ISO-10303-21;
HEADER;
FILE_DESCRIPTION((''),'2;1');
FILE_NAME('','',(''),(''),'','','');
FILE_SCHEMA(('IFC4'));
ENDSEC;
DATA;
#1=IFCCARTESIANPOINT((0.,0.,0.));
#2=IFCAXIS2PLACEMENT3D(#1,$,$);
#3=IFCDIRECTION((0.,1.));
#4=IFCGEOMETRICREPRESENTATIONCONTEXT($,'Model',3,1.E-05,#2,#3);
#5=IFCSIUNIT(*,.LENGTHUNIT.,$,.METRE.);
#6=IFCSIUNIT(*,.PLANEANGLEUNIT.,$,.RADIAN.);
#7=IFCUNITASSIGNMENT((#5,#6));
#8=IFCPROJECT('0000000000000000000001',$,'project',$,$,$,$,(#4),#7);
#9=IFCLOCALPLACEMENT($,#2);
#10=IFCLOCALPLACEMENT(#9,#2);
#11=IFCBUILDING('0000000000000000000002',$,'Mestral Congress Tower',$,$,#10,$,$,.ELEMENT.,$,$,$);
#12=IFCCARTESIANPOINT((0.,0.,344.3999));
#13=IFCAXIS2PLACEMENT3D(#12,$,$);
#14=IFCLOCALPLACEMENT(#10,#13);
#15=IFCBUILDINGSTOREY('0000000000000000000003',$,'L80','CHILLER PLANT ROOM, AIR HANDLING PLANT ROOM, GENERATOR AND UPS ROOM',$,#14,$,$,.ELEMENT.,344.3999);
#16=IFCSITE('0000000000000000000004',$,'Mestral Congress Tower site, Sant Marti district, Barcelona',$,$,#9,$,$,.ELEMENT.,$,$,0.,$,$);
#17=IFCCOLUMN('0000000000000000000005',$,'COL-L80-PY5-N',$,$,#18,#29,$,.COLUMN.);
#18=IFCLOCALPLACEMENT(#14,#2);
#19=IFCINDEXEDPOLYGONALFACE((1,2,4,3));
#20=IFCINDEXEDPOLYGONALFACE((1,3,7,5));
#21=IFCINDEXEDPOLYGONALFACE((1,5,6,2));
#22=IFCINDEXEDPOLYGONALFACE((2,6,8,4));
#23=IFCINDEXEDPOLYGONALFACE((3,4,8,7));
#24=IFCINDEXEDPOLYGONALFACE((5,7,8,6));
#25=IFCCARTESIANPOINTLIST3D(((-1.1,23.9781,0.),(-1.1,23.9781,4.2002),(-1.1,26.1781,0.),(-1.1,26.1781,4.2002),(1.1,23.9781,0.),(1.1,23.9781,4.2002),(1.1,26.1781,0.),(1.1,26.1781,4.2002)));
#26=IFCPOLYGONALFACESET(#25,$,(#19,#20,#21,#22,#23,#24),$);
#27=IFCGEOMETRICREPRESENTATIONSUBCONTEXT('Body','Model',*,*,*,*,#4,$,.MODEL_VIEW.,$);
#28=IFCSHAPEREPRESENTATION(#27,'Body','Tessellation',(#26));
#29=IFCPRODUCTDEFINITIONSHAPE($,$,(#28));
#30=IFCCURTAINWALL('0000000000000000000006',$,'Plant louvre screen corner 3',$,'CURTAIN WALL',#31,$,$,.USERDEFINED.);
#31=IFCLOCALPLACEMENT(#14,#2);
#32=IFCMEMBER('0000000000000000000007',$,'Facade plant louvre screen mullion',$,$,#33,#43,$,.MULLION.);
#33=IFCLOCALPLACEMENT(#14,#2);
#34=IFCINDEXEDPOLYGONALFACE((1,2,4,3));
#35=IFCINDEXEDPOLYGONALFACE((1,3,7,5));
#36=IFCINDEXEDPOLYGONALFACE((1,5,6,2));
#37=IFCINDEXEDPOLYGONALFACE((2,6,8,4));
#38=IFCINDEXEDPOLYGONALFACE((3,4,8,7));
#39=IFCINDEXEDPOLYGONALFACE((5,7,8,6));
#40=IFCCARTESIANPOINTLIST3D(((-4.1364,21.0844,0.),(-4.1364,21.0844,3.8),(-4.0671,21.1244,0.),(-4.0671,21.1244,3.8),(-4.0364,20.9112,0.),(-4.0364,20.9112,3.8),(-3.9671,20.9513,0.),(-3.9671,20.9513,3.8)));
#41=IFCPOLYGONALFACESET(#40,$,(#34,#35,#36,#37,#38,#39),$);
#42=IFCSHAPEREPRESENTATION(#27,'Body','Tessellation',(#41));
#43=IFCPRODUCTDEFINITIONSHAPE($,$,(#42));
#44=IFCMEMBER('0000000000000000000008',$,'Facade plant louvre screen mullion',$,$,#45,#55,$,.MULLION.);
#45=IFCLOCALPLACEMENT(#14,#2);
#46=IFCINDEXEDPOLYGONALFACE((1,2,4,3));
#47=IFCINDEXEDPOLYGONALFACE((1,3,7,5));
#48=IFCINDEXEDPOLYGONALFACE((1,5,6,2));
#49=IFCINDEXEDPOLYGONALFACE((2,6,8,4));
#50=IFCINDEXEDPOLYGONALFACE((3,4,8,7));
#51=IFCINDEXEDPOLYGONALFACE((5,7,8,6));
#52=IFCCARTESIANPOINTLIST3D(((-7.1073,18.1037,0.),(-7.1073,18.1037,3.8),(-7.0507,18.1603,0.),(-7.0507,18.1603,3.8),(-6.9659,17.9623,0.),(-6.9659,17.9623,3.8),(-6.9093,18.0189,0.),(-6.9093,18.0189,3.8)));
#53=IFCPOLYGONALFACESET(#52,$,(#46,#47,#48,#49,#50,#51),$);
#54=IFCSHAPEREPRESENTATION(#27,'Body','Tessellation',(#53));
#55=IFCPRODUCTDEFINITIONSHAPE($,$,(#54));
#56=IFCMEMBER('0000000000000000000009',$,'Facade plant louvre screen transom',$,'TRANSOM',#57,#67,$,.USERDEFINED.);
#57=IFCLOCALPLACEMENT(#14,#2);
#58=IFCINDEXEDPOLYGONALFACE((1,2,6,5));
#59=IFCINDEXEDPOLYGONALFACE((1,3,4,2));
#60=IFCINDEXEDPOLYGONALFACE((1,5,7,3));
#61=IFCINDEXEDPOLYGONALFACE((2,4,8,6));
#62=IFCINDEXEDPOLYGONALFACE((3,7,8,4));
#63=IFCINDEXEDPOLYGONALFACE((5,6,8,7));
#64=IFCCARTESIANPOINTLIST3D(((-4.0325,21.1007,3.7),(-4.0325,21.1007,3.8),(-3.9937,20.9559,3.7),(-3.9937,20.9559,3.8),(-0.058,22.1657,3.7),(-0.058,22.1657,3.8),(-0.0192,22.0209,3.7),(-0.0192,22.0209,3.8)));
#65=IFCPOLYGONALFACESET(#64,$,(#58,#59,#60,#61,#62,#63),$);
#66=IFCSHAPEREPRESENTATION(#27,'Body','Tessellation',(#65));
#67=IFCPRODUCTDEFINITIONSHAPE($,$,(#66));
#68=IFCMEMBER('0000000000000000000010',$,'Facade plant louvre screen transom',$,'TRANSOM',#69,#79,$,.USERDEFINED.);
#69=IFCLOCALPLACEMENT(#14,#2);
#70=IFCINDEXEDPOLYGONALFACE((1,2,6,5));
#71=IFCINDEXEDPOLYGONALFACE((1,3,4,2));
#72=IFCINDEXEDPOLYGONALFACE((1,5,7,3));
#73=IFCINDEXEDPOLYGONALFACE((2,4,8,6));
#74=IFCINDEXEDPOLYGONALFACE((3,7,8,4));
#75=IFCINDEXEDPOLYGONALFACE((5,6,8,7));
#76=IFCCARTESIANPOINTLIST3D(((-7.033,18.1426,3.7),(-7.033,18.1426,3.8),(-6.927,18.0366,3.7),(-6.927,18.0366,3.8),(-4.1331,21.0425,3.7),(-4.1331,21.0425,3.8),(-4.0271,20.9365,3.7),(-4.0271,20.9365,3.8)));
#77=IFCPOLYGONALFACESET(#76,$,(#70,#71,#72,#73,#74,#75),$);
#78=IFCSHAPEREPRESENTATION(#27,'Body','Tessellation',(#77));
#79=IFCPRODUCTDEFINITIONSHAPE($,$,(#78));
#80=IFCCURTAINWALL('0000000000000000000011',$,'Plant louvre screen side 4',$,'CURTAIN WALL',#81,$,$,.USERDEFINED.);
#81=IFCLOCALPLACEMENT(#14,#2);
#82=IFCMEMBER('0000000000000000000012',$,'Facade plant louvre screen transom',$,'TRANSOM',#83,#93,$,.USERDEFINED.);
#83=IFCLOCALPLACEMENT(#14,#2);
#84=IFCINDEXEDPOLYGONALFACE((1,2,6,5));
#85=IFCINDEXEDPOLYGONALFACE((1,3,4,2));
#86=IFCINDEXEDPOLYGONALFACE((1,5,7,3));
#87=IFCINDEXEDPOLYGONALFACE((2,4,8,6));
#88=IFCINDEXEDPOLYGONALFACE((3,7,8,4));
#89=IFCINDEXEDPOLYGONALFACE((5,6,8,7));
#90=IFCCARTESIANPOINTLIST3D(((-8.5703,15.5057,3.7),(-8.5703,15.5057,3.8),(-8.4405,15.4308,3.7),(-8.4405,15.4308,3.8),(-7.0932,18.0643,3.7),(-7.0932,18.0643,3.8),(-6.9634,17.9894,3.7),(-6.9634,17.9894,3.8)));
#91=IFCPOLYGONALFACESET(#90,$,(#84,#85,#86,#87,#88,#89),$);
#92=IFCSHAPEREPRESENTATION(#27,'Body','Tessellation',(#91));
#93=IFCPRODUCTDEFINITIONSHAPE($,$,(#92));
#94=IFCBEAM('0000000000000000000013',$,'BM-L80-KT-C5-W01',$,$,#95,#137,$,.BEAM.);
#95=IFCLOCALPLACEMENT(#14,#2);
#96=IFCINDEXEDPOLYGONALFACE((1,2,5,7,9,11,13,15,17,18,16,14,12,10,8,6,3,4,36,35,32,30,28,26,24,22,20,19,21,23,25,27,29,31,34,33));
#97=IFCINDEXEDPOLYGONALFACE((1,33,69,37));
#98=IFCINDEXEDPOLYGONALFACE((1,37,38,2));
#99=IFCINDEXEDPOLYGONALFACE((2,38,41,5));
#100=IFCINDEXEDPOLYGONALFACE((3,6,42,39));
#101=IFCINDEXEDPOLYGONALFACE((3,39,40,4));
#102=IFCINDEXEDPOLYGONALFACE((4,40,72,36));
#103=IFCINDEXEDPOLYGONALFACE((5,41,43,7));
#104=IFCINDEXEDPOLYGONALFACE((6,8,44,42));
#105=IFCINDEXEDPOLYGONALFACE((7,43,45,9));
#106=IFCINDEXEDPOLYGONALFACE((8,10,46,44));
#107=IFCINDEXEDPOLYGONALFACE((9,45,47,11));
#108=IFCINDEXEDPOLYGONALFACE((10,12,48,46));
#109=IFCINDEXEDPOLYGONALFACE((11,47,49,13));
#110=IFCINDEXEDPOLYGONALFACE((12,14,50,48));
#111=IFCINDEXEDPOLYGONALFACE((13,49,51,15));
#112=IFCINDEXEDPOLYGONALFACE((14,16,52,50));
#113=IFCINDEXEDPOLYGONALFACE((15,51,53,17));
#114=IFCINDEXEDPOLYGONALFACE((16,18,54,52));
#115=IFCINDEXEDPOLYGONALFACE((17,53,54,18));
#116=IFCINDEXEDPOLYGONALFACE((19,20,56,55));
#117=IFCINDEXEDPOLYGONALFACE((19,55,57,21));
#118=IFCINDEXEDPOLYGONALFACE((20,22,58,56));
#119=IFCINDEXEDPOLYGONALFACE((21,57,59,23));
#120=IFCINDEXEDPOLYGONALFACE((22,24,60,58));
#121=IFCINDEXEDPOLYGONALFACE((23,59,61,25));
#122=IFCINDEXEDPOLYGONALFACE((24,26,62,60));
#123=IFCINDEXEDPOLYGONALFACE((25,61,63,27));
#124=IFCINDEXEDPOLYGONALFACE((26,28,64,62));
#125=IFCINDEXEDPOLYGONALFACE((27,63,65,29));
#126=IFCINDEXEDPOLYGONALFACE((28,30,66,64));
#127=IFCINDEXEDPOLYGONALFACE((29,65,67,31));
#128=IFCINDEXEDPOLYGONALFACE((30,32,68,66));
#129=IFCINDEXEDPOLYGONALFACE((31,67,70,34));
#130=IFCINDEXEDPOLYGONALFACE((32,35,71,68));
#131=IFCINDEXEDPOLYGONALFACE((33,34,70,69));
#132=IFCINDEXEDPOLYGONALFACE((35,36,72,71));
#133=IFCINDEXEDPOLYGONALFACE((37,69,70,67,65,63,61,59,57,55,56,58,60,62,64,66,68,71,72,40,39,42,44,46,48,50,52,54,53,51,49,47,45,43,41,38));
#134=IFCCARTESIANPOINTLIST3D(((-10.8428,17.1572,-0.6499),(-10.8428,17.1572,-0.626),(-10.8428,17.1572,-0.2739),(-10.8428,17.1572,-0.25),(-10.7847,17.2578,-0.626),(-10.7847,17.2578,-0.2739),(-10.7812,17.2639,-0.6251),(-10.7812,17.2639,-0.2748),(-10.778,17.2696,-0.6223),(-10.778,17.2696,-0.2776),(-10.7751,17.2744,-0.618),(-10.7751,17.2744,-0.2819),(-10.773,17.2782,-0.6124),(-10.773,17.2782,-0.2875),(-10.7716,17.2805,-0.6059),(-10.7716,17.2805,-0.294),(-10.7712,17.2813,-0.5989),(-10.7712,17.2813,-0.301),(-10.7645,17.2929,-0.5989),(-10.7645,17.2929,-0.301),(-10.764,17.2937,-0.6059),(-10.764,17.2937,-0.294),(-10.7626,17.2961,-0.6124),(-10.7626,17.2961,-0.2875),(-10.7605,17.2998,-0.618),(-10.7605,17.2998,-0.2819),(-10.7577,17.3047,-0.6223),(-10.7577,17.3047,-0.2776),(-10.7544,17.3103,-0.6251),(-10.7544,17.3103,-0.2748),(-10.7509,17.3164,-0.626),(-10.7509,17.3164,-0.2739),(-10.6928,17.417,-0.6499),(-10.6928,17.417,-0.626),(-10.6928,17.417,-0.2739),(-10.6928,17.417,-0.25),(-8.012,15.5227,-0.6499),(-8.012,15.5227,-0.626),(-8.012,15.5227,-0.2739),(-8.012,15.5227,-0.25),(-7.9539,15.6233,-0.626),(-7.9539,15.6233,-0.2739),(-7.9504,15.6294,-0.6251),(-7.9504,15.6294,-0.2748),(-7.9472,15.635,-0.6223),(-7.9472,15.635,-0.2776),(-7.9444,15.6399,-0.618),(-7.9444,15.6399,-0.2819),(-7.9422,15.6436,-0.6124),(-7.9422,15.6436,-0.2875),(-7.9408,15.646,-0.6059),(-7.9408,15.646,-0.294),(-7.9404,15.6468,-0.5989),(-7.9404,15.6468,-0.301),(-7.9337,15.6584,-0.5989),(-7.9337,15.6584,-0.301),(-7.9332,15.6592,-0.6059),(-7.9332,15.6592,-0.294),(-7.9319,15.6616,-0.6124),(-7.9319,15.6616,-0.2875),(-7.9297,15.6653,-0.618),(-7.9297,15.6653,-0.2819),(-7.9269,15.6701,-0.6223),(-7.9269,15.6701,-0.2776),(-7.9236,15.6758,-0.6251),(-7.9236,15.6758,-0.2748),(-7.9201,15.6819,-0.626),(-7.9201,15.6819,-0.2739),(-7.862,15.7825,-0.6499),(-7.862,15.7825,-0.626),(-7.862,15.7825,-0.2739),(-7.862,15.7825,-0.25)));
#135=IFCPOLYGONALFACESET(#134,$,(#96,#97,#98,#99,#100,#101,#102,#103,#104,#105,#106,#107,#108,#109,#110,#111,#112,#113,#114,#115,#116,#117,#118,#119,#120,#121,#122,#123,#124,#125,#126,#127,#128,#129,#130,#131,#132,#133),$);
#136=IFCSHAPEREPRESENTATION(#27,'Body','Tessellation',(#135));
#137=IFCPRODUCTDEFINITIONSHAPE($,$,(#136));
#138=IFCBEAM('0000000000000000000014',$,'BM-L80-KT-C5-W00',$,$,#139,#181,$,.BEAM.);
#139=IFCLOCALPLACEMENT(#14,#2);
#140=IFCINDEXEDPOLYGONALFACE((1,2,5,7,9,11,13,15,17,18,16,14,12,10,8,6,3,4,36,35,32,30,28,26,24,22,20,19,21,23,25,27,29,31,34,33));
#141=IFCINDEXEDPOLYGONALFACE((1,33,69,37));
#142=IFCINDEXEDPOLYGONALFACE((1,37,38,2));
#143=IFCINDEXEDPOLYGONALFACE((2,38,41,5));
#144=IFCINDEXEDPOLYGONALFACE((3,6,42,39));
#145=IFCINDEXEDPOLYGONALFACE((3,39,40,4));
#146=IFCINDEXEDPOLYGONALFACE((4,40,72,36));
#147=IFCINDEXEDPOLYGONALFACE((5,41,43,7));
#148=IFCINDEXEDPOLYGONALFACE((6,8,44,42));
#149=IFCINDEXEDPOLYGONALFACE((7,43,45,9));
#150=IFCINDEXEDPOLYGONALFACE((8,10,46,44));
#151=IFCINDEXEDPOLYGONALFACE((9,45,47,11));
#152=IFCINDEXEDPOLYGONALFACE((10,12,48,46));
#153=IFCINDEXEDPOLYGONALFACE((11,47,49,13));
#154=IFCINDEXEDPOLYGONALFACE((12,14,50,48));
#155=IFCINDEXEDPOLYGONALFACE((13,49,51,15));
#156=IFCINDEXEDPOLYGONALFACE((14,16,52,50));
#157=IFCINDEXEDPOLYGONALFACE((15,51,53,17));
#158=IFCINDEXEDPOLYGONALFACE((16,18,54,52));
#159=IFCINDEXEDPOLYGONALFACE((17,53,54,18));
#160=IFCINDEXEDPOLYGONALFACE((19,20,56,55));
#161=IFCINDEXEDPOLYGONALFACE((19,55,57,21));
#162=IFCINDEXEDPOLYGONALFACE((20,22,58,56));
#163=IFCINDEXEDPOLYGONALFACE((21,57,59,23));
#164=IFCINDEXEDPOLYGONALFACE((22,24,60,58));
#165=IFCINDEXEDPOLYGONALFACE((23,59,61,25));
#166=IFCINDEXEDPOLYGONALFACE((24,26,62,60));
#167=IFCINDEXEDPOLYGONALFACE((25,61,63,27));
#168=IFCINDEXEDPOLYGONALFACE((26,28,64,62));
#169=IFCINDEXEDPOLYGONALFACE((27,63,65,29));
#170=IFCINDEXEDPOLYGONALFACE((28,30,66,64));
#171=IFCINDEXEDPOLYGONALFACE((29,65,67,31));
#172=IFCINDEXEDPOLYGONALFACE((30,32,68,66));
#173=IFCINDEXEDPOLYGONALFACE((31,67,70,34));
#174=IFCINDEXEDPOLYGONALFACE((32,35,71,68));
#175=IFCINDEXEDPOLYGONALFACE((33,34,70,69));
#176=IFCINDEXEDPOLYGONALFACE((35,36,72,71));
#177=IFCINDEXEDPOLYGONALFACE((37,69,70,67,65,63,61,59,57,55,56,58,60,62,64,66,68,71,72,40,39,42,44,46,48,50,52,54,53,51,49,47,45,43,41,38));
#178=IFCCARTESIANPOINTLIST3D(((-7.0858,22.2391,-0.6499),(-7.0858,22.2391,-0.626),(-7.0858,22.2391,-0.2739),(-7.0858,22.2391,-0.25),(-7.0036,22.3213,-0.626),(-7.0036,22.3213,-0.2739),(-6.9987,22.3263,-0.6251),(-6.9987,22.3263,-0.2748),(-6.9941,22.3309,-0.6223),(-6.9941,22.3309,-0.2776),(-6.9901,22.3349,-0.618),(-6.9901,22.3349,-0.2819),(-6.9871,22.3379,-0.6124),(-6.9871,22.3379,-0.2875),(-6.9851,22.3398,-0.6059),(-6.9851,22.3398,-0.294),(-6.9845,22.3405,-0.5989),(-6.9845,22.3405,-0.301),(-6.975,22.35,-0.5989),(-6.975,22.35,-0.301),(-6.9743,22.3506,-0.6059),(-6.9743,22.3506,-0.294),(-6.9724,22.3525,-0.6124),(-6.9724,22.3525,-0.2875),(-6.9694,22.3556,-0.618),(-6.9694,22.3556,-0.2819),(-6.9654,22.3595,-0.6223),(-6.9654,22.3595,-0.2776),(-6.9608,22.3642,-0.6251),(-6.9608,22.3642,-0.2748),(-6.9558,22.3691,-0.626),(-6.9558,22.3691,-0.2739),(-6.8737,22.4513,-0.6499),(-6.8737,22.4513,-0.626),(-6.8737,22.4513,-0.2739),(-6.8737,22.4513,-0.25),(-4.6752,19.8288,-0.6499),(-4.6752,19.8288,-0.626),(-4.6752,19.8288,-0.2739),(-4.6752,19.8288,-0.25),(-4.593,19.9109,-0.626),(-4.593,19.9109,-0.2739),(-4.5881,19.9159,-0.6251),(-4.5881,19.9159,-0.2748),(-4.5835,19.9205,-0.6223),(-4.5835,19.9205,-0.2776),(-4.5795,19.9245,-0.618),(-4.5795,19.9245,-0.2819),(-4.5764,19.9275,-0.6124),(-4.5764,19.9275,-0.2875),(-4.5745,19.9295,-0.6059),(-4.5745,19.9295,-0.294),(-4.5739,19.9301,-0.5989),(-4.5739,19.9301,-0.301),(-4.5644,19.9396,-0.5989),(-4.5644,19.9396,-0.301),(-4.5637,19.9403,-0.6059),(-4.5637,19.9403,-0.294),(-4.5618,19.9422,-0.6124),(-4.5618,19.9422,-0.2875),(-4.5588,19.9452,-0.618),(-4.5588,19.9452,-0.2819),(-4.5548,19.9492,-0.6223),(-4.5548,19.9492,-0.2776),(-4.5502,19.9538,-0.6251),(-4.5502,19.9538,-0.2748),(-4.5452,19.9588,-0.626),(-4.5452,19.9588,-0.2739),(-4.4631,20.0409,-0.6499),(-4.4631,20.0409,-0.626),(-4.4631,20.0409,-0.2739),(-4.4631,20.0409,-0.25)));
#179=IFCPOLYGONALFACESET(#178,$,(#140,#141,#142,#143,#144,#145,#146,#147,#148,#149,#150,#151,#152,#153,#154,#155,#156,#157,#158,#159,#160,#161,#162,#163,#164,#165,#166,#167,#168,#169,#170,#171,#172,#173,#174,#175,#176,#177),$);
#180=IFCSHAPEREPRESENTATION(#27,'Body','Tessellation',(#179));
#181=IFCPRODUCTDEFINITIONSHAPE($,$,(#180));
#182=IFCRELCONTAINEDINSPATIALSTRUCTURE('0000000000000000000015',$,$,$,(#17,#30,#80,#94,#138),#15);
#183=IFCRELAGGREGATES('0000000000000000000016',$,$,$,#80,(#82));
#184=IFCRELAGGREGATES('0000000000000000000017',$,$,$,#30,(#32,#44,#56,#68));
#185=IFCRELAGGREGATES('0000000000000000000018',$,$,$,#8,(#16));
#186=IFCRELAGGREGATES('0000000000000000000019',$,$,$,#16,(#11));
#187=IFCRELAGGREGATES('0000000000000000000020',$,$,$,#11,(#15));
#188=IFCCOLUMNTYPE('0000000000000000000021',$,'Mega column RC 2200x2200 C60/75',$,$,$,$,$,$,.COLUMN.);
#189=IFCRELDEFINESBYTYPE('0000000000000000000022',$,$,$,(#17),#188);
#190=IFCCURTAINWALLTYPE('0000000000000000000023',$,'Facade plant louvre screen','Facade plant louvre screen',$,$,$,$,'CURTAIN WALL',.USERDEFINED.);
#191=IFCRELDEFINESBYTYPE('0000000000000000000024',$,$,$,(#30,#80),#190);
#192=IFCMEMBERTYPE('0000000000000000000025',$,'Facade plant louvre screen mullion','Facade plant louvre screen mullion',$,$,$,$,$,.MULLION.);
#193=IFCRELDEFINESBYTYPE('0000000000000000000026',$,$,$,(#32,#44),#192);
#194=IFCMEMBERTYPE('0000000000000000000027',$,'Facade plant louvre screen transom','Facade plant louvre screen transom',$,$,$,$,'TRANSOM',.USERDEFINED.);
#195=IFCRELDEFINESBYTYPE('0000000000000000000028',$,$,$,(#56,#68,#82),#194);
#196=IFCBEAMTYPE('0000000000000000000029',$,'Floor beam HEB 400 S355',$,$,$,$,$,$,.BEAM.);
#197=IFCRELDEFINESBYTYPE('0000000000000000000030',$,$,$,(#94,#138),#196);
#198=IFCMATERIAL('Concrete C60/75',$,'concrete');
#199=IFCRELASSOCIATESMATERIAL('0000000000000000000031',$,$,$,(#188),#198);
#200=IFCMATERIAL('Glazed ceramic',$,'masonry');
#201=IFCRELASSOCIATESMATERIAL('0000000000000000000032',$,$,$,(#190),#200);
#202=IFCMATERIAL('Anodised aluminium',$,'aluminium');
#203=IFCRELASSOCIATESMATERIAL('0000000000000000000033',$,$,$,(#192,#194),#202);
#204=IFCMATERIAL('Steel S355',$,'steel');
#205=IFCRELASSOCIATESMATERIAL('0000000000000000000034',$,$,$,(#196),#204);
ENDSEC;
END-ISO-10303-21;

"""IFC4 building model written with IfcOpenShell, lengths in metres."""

from ifc_helpers import new_model, si_unit, direction, frame, origin, origin_2d, place, context, subcontext, project, spatial, rectangle, i_section, extrude, material, material_profile, profile_set, type_object, element, aggregate, save


model = new_model("IFC4")

# Units and contexts
model_context = context("Model", 3, precision=1e-05, world=origin(), true_north=direction((0.0, 1.0)))
body_context = subcontext(model_context, "Body", "Model", "MODEL_VIEW")
ifc_project = project(units=[si_unit("LENGTHUNIT", "METRE"), si_unit("PLANEANGLEUNIT", "RADIAN")], contexts=[model_context])

# Site, building, storey
site_placement = place(None, origin())
site = spatial("IfcSite", under=ifc_project, at=site_placement, Name="Mestral Congress Tower site, Sant Marti district, Barcelona", CompositionType="ELEMENT", RefElevation=0.0)
building_placement = place(site_placement, origin())
building = spatial("IfcBuilding", under=site, at=building_placement, Name="Mestral Congress Tower", CompositionType="ELEMENT")
storey_placement = place(building_placement, frame((0.0, 0.0, 344.3999)))
storey = spatial("IfcBuildingStorey", under=building, at=storey_placement, Name="L80", Description="CHILLER PLANT ROOM, AIR HANDLING PLANT ROOM, GENERATOR AND UPS ROOM", CompositionType="ELEMENT", Elevation=344.3999)

# Column
ifc_material_1 = material(Name="Steel S355", Category="steel")
ifc_material_2 = material(Name="Concrete C60/75", Category="concrete")
ifc_material_profile_1 = material_profile(ifc_material_2, rectangle(XDim=2.2, YDim=2.2, at=origin_2d()), Name="RC 2200x2200")
ifc_profile_set_1 = profile_set([ifc_material_profile_1], Name="Concrete C60/75")
column_type_1 = type_object("IfcColumnType", Name="Mega column RC 2200x2200 C60/75", PredefinedType="COLUMN", material=ifc_profile_set_1)
column_placement = place(storey_placement, frame((0.0, 25.0781, 0.0), z_axis=(0.0, 0.0, 1.0), x_axis=(0.0, 1.0, 0.0)))
element("IfcColumn", 1, at=column_placement, inside=storey, type_object=column_type_1, Name="COL-L80-PY5-N", PredefinedType="COLUMN", context=body_context, shape_type="SweptSolid", body=[
    extrude(rectangle(XDim=2.2, YDim=2.2, at=origin_2d()), origin(), (0.0, 0.0, 1.0), 4.2002),
])

# Curtain wall, members
ifc_material_3 = material(Name="Glazed ceramic", Category="masonry")
curtain_wall_type = type_object("IfcCurtainWallType", Name="Facade plant louvre screen", Description="Facade plant louvre screen", ElementType="CURTAIN WALL", PredefinedType="USERDEFINED", material=ifc_material_3)
placement = place(storey_placement, origin())
curtain_wall_1 = element("IfcCurtainWall", 2, at=placement, inside=storey, type_object=curtain_wall_type, Name="Plant louvre screen corner 3", ObjectType="CURTAIN WALL", PredefinedType="USERDEFINED")
ifc_material_4 = material(Name="Anodised aluminium", Category="aluminium")
ifc_material_profile_2 = material_profile(ifc_material_4, rectangle(XDim=0.2, YDim=0.0801, at=origin_2d()), Name="CW6 mullion 200 x 80")
ifc_profile_set_2 = profile_set([ifc_material_profile_2], Name="Anodised aluminium")
member_type_1 = type_object("IfcMemberType", Name="Facade plant louvre screen mullion", Description="Facade plant louvre screen mullion", PredefinedType="MULLION", material=ifc_profile_set_2)
member_1_placement = place(storey_placement, frame((-4.0518, 21.0178, 0.0), z_axis=(0.0, 0.0, 1.0), x_axis=(-0.5, 0.866025, 0.0)))
member_1 = element("IfcMember", 3, at=member_1_placement, type_object=member_type_1, Name="Facade plant louvre screen mullion", PredefinedType="MULLION", context=body_context, shape_type="SweptSolid", body=[
    extrude(rectangle(XDim=0.2, YDim=0.0801, at=origin_2d()), origin(), (0.0, 0.0, 1.0), 3.8),
])
member_2_placement = place(storey_placement, frame((-7.0083, 18.0613, 0.0), z_axis=(0.0, 0.0, 1.0), x_axis=(-0.707107, 0.707107, 0.0)))
member_2 = element("IfcMember", 4, at=member_2_placement, type_object=member_type_1, Name="Facade plant louvre screen mullion", PredefinedType="MULLION", context=body_context, shape_type="SweptSolid", body=[
    extrude(rectangle(XDim=0.2, YDim=0.0801, at=origin_2d()), origin(), (0.0, 0.0, 1.0), 3.8),
])
ifc_material_profile_3 = material_profile(ifc_material_4, rectangle(XDim=0.1499, YDim=0.1001, at=origin_2d()), Name="CW6 transom 150 x 100")
ifc_profile_set_3 = profile_set([ifc_material_profile_3], Name="Anodised aluminium")
member_type_2 = type_object("IfcMemberType", Name="Facade plant louvre screen transom", Description="Facade plant louvre screen transom", ElementType="TRANSOM", PredefinedType="USERDEFINED", material=ifc_profile_set_3)
member_3_placement = place(storey_placement, frame((-0.0386, 22.0933, 3.75), z_axis=(-0.965929, -0.258807, 0.0), x_axis=(0.258807, -0.965929, 0.0)))
member_3 = element("IfcMember", 5, at=member_3_placement, type_object=member_type_2, Name="Facade plant louvre screen transom", ObjectType="TRANSOM", PredefinedType="USERDEFINED", context=body_context, shape_type="SweptSolid", body=[
    extrude(rectangle(XDim=0.1499, YDim=0.1001, at=origin_2d()), origin(), (0.0, 0.0, 1.0), 4.1147),
])
member_4_placement = place(storey_placement, frame((-4.0801, 20.9895, 3.75), z_axis=(-0.707107, -0.707107, 0.0), x_axis=(0.707107, -0.707107, 0.0)))
member_4 = element("IfcMember", 6, at=member_4_placement, type_object=member_type_2, Name="Facade plant louvre screen transom", ObjectType="TRANSOM", PredefinedType="USERDEFINED", context=body_context, shape_type="SweptSolid", body=[
    extrude(rectangle(XDim=0.1499, YDim=0.1001, at=origin_2d()), origin(), (0.0, 0.0, 1.0), 4.1011),
])

# Curtain wall, member
curtain_wall_2 = element("IfcCurtainWall", 7, at=placement, inside=storey, type_object=curtain_wall_type, Name="Plant louvre screen side 4", ObjectType="CURTAIN WALL", PredefinedType="USERDEFINED")
member_5_placement = place(storey_placement, frame((-7.0283, 18.0269, 3.75), z_axis=(-0.499961, -0.866048, 0.0), x_axis=(0.866048, -0.499961, 0.0)))
member_5 = element("IfcMember", 8, at=member_5_placement, type_object=member_type_2, Name="Facade plant louvre screen transom", ObjectType="TRANSOM", PredefinedType="USERDEFINED", context=body_context, shape_type="SweptSolid", body=[
    extrude(rectangle(XDim=0.1499, YDim=0.1001, at=origin_2d()), origin(), (0.0, 0.0, 1.0), 2.9543),
])
aggregate(curtain_wall_2, [member_5])

# Beams
ifc_material_profile_4 = material_profile(ifc_material_1, i_section(OverallWidth=0.3, OverallDepth=0.3999, WebThickness=0.0134, FlangeThickness=0.0239, FilletRadius=0.0271, at=origin_2d()), Name="HEB 400")
ifc_profile_set_4 = profile_set([ifc_material_profile_4], Name="Steel S355")
beam_type_1 = type_object("IfcBeamType", Name="Floor beam HEB 400 S355", PredefinedType="BEAM", material=ifc_profile_set_4)
beam_1_placement = place(storey_placement, frame((-10.7678, 17.2871, -0.45), z_axis=(0.866005, -0.500035, 0.0), x_axis=(0.500035, 0.866005, 0.0)))
element("IfcBeam", 9, at=beam_1_placement, inside=storey, type_object=beam_type_1, Name="BM-L80-KT-C5-W01", PredefinedType="BEAM", context=body_context, shape_type="SweptSolid", body=[
    extrude(i_section(OverallWidth=0.3, OverallDepth=0.3999, WebThickness=0.0134, FlangeThickness=0.0239, FilletRadius=0.0271, at=origin_2d()), origin(), (0.0, 0.0, 1.0), 3.2688),
])
beam_2_placement = place(storey_placement, frame((-6.9797, 22.3452, -0.45), z_axis=(0.707143, -0.707071, 0.0), x_axis=(0.707071, 0.707143, 0.0)))
element("IfcBeam", 10, at=beam_2_placement, inside=storey, type_object=beam_type_1, Name="BM-L80-KT-C5-W00", PredefinedType="BEAM", context=body_context, shape_type="SweptSolid", body=[
    extrude(i_section(OverallWidth=0.3, OverallDepth=0.3999, WebThickness=0.0134, FlangeThickness=0.0239, FilletRadius=0.0271, at=origin_2d()), origin(), (0.0, 0.0, 1.0), 3.4089),
])

aggregate(curtain_wall_1, [member_1, member_2, member_3, member_4])

save(model, "model.ifc")
